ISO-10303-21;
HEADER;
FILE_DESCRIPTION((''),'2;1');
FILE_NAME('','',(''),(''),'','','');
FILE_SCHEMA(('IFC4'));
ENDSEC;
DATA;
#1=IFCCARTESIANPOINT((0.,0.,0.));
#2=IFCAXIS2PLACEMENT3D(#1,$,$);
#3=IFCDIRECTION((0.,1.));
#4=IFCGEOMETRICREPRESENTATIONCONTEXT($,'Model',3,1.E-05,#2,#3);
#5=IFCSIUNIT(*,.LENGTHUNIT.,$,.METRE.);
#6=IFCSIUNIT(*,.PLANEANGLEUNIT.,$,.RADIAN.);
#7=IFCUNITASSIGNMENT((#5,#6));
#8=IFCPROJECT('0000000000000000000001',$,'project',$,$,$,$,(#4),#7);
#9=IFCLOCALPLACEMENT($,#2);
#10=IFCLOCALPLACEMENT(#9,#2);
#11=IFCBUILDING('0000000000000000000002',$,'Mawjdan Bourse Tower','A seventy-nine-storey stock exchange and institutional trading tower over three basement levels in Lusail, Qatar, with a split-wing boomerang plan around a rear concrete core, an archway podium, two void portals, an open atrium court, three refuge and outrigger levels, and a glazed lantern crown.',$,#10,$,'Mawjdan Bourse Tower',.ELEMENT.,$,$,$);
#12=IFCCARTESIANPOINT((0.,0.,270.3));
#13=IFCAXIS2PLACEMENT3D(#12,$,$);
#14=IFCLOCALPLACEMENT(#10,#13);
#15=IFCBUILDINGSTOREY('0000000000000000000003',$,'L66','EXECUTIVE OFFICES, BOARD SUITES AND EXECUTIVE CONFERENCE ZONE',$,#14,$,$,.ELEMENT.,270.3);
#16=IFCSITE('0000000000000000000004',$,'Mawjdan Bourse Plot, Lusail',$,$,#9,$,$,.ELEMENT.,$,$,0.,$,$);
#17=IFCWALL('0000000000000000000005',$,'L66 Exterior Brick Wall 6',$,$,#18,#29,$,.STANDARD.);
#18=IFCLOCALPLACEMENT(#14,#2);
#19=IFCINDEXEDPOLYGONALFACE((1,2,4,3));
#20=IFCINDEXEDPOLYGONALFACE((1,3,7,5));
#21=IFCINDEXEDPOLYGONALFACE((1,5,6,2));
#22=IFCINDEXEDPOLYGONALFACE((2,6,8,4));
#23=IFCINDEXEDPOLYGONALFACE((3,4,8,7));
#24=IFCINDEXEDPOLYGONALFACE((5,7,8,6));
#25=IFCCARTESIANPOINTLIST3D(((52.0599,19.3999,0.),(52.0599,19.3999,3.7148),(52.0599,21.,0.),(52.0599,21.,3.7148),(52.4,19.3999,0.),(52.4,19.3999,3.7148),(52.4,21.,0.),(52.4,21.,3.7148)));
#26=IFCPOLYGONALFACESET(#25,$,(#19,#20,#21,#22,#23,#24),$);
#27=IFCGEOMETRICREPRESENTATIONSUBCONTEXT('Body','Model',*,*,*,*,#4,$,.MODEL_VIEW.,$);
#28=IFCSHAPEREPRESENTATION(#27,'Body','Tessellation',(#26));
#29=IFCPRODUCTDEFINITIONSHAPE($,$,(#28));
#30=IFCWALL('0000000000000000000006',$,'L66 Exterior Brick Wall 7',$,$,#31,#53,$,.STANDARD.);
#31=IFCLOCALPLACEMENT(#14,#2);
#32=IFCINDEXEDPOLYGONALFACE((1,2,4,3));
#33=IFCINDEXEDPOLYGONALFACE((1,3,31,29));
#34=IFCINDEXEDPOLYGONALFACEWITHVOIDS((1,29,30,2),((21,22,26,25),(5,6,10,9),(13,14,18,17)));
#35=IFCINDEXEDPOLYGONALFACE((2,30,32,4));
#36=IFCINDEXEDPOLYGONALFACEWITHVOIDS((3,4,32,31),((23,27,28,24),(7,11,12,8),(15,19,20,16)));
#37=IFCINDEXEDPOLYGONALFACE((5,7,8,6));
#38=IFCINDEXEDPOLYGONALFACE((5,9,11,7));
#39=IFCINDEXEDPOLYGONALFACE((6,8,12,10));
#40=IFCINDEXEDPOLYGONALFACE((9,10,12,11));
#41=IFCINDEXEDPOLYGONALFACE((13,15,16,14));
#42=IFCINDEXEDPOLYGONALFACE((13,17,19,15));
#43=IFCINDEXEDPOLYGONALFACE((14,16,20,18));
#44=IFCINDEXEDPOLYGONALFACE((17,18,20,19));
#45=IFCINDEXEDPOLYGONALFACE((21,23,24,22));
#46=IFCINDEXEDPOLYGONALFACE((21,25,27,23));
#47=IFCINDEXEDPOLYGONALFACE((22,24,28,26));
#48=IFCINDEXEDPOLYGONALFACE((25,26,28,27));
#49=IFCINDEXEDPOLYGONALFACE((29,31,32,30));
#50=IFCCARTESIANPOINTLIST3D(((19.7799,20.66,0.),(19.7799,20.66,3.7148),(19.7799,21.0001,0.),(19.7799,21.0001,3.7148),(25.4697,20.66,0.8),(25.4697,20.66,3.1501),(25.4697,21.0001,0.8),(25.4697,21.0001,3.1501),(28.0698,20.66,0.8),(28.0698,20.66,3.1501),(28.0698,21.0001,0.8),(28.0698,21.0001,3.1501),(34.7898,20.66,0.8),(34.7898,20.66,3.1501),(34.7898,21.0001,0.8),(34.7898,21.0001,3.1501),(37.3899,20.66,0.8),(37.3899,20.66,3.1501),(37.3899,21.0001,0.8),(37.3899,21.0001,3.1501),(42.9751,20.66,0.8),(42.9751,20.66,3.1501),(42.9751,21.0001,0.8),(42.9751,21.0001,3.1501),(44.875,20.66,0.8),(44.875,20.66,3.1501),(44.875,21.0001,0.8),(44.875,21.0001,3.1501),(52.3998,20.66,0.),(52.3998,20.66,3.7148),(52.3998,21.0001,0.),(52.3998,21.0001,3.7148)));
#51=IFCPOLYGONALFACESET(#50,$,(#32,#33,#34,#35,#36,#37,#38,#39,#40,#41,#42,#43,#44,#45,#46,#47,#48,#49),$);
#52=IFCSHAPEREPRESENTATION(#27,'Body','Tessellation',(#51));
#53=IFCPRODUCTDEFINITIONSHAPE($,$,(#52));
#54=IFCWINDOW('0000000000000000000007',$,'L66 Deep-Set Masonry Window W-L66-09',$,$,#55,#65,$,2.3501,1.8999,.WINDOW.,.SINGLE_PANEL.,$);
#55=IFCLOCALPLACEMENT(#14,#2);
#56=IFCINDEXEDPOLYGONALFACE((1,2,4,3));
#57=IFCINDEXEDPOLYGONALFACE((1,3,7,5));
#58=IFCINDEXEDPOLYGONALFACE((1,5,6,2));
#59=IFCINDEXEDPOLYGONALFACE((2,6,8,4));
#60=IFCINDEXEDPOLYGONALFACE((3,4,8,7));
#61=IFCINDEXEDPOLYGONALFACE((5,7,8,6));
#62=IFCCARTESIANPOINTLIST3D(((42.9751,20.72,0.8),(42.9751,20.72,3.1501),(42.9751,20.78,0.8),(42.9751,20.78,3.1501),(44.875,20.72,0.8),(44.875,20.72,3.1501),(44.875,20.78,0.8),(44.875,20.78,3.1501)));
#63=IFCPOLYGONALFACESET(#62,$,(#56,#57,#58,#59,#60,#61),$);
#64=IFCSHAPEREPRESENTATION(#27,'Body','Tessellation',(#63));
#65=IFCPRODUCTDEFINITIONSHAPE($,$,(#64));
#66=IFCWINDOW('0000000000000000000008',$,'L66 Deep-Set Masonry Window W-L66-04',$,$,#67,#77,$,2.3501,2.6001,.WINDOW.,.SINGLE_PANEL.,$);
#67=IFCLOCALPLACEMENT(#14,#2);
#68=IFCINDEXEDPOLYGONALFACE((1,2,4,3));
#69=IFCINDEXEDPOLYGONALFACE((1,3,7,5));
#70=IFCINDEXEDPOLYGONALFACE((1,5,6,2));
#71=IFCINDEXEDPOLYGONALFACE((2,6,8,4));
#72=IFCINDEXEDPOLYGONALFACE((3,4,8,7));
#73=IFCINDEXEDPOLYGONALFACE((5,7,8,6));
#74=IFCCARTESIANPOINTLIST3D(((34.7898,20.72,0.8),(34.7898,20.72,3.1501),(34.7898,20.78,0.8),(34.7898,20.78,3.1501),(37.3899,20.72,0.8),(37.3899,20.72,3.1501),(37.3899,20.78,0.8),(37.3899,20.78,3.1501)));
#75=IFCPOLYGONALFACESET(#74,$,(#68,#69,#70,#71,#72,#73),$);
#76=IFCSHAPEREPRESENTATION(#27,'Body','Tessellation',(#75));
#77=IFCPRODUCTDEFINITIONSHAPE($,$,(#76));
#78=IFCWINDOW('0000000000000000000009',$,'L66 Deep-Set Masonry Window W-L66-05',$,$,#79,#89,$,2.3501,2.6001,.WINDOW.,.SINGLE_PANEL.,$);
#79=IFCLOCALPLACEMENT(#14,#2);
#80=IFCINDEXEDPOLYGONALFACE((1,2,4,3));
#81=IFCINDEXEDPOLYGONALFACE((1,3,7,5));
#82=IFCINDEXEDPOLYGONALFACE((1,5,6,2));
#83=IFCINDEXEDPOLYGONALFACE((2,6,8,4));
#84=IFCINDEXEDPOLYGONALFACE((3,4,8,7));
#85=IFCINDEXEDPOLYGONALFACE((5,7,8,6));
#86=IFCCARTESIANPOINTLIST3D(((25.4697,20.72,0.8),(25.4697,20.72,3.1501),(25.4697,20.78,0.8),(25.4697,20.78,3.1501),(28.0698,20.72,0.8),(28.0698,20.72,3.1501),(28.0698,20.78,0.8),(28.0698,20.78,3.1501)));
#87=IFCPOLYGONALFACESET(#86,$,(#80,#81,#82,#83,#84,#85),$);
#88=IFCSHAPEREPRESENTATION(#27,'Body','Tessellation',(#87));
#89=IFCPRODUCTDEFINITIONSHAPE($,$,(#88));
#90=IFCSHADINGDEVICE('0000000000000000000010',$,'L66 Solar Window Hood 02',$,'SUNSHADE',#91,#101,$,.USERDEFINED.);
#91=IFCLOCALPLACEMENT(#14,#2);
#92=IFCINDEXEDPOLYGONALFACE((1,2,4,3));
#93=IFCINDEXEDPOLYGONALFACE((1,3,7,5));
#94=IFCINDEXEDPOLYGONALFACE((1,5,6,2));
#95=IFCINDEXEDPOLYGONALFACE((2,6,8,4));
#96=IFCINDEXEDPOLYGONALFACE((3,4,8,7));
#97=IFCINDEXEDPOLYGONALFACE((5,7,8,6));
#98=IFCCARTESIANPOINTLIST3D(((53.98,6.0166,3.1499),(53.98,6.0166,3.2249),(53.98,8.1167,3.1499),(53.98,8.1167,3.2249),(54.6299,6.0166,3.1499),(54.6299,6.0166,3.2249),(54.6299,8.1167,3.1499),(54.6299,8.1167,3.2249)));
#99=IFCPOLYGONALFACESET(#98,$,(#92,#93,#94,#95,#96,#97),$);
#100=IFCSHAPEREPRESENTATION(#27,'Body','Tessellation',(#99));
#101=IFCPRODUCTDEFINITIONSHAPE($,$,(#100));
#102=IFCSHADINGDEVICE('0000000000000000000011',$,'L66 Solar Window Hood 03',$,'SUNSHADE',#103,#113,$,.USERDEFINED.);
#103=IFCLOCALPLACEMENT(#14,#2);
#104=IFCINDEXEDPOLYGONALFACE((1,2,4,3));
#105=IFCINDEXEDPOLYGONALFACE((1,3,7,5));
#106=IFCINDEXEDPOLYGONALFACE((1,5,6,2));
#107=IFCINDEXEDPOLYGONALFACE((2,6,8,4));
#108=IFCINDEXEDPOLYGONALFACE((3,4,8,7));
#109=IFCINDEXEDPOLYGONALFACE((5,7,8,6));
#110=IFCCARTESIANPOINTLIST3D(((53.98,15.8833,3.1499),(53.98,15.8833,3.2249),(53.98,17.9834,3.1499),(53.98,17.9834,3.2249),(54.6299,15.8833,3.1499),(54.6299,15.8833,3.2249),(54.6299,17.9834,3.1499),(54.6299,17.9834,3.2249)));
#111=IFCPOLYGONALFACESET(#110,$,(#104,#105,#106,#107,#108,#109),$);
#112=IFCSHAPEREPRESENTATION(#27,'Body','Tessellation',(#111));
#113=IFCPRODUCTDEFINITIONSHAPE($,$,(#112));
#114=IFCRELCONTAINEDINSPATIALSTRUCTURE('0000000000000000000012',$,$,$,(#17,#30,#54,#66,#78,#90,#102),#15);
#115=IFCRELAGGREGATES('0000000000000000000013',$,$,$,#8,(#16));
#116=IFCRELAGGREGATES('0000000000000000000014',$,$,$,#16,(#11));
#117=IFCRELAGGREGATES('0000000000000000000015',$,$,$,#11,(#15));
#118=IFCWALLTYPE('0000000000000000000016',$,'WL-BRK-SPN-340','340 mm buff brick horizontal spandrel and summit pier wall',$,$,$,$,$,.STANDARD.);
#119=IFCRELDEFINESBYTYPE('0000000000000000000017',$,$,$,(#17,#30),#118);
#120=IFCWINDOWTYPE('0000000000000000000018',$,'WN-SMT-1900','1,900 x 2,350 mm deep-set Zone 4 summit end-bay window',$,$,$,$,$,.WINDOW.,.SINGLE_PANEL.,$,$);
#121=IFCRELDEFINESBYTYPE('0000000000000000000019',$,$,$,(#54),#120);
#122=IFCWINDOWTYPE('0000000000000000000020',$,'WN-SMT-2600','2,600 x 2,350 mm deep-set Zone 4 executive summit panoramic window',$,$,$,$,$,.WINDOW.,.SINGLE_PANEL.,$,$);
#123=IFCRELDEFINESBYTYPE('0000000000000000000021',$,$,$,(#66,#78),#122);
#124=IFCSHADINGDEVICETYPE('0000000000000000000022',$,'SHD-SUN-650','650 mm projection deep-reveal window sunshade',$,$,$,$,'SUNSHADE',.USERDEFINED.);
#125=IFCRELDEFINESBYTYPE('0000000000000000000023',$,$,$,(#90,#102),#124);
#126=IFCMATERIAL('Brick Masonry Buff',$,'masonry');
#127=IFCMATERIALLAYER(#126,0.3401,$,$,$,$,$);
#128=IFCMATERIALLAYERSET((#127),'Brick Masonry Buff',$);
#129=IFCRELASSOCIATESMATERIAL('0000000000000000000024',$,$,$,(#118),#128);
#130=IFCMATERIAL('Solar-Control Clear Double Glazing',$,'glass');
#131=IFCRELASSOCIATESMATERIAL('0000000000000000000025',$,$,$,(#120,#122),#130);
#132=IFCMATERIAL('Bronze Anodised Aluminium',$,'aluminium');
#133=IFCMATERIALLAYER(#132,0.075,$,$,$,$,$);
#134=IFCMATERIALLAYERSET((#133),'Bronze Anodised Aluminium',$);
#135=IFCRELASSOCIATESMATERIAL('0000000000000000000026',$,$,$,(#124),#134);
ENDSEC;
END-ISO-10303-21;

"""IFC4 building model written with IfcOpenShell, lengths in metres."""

from ifc_helpers import new_model, si_unit, direction, frame, frame_2d, origin, origin_2d, place, context, subcontext, project, spatial, rectangle, extrude, material, layer, layer_set, type_object, element, fill, save


model = new_model("IFC4")

# Units and contexts
model_context = context("Model", 3, precision=1e-05, world=origin(), true_north=direction((0.0, 1.0)))
body_context = subcontext(model_context, "Body", "Model", "MODEL_VIEW")
ifc_project = project(units=[si_unit("LENGTHUNIT", "METRE"), si_unit("PLANEANGLEUNIT", "RADIAN")], contexts=[model_context])

# Site, building, storey
site_placement = place(None, origin())
site = spatial("IfcSite", under=ifc_project, at=site_placement, Name="Mawjdan Bourse Plot, Lusail", CompositionType="ELEMENT", RefElevation=0.0)
building_placement = place(site_placement, origin())
building = spatial("IfcBuilding", under=site, at=building_placement, Name="Mawjdan Bourse Tower", Description="A seventy-nine-storey stock exchange and institutional trading tower over three basement levels in Lusail, Qatar, with a split-wing boomerang plan around a rear concrete core, an archway podium, two void portals, an open atrium court, three refuge and outrigger levels, and a glazed lantern crown.", LongName="Mawjdan Bourse Tower", CompositionType="ELEMENT")
storey_placement = place(building_placement, frame((0.0, 0.0, 270.3)))
storey = spatial("IfcBuildingStorey", under=building, at=storey_placement, Name="L66", Description="EXECUTIVE OFFICES, BOARD SUITES AND EXECUTIVE CONFERENCE ZONE", CompositionType="ELEMENT", Elevation=270.3)

# Shared definitions
ifc_material_1 = material(Name="Brick Masonry Buff", Category="masonry")
ifc_layer_1 = layer(ifc_material_1, 0.3401)
ifc_layer_set_1 = layer_set([ifc_layer_1], Name="Brick Masonry Buff")
wall_type = type_object("IfcWallType", Name="WL-BRK-SPN-340", Description="340 mm buff brick horizontal spandrel and summit pier wall", PredefinedType="STANDARD", material=ifc_layer_set_1)

# Shared definitions
ifc_material_2 = material(Name="Solar-Control Clear Double Glazing", Category="glass")
window_type_1 = type_object("IfcWindowType", Name="WN-SMT-1900", Description="1,900 x 2,350 mm deep-set Zone 4 summit end-bay window", PartitioningType="SINGLE_PANEL", PredefinedType="WINDOW", material=ifc_material_2)

# Wall
for number, where, z_axis, x_axis, name in (
    (1, (52.23, 19.3999, 0.0), (0.0, 0.0, 1.0), (0.0, 1.0, 0.0), "L66 Exterior Brick Wall 6"),
):
    element("IfcWall", number, at=place(storey_placement, frame(where, z_axis=z_axis, x_axis=x_axis)), inside=storey, type_object=wall_type, Name=name, PredefinedType="STANDARD", context=body_context, shape_type="SweptSolid", body=[
        extrude(rectangle(XDim=1.6001, YDim=0.3401, at=frame_2d((0.8, 0.0))), origin(), (0.0, 0.0, 1.0), 3.7148),
    ])

# Wall, openings, windows
wall_1_placement = place(storey_placement, frame((52.3999, 20.8301, 0.0), z_axis=(0.0, 0.0, 1.0), x_axis=(-1.0, 0.0, 0.0)))
wall_1 = element("IfcWall", 2, at=wall_1_placement, inside=storey, type_object=wall_type, Name="L66 Exterior Brick Wall 7", PredefinedType="STANDARD", context=body_context, shape_type="SweptSolid", body=[
    extrude(rectangle(XDim=32.6199, YDim=0.3401, at=frame_2d((16.3101, 0.0))), origin(), (0.0, 0.0, 1.0), 3.7148),
])
opening_1_placement = place(wall_1_placement, frame((15.01, 0.0, 0.8)))
opening_1 = element("IfcOpeningElement", 3, at=opening_1_placement, cuts=wall_1, PredefinedType="OPENING", context=body_context, shape_type="SweptSolid", body=[
    extrude(rectangle(XDim=2.6001, YDim=2.3501, at=frame_2d((1.3, 1.175))), frame((0.0, 0.1802, 0.0), z_axis=(0.0, -1.0, 0.0), x_axis=(1.0, 0.0, 0.0)), (0.0, 0.0, 1.0), 0.3601),
])
opening_2_placement = place(wall_1_placement, frame((24.3301, 0.0, 0.8)))
opening_2 = element("IfcOpeningElement", 4, at=opening_2_placement, cuts=wall_1, PredefinedType="OPENING", context=body_context, shape_type="SweptSolid", body=[
    extrude(rectangle(XDim=2.6001, YDim=2.3501, at=frame_2d((1.3, 1.175))), frame((0.0, 0.1802, 0.0), z_axis=(0.0, -1.0, 0.0), x_axis=(1.0, 0.0, 0.0)), (0.0, 0.0, 1.0), 0.3601),
])
opening_3_placement = place(wall_1_placement, frame((7.5249, 0.0, 0.8)))
opening_3 = element("IfcOpeningElement", 5, at=opening_3_placement, cuts=wall_1, PredefinedType="OPENING", context=body_context, shape_type="SweptSolid", body=[
    extrude(rectangle(XDim=1.8999, YDim=2.3501, at=frame_2d((0.95, 1.175))), frame((0.0, 0.1802, 0.0), z_axis=(0.0, -1.0, 0.0), x_axis=(1.0, 0.0, 0.0)), (0.0, 0.0, 1.0), 0.3601),
])
window_1_placement = place(opening_3_placement, origin())
window_1 = element("IfcWindow", 6, at=window_1_placement, inside=storey, type_object=window_type_1, Name="L66 Deep-Set Masonry Window W-L66-09", OverallHeight=2.3501, OverallWidth=1.8999, PartitioningType="SINGLE_PANEL", PredefinedType="WINDOW", context=body_context, shape_type="SweptSolid", body=[
    extrude(rectangle(XDim=1.8999, YDim=2.3501, at=frame_2d((0.95, 1.175))), frame((0.0, 0.1101, 0.0), z_axis=(0.0, -1.0, 0.0), x_axis=(1.0, 0.0, 0.0)), (0.0, 0.0, 1.0), 0.0601),
])
fill(opening_3, window_1)
window_type_2 = type_object("IfcWindowType", Name="WN-SMT-2600", Description="2,600 x 2,350 mm deep-set Zone 4 executive summit panoramic window", PartitioningType="SINGLE_PANEL", PredefinedType="WINDOW", material=ifc_material_2)
window_2_placement = place(opening_1_placement, origin())
window_2 = element("IfcWindow", 7, at=window_2_placement, inside=storey, type_object=window_type_2, Name="L66 Deep-Set Masonry Window W-L66-04", OverallHeight=2.3501, OverallWidth=2.6001, PartitioningType="SINGLE_PANEL", PredefinedType="WINDOW", context=body_context, shape_type="SweptSolid", body=[
    extrude(rectangle(XDim=2.6001, YDim=2.3501, at=frame_2d((1.3, 1.175))), frame((0.0, 0.1101, 0.0), z_axis=(0.0, -1.0, 0.0), x_axis=(1.0, 0.0, 0.0)), (0.0, 0.0, 1.0), 0.0601),
])
fill(opening_1, window_2)
window_3_placement = place(opening_2_placement, origin())
window_3 = element("IfcWindow", 8, at=window_3_placement, inside=storey, type_object=window_type_2, Name="L66 Deep-Set Masonry Window W-L66-05", OverallHeight=2.3501, OverallWidth=2.6001, PartitioningType="SINGLE_PANEL", PredefinedType="WINDOW", context=body_context, shape_type="SweptSolid", body=[
    extrude(rectangle(XDim=2.6001, YDim=2.3501, at=frame_2d((1.3, 1.175))), frame((0.0, 0.1101, 0.0), z_axis=(0.0, -1.0, 0.0), x_axis=(1.0, 0.0, 0.0)), (0.0, 0.0, 1.0), 0.0601),
])
fill(opening_2, window_3)

# Shading devices
ifc_material_3 = material(Name="Bronze Anodised Aluminium", Category="aluminium")
ifc_layer_2 = layer(ifc_material_3, 0.075)
ifc_layer_set_2 = layer_set([ifc_layer_2], Name="Bronze Anodised Aluminium")
shading_device_type = type_object("IfcShadingDeviceType", Name="SHD-SUN-650", Description="650 mm projection deep-reveal window sunshade", ElementType="SUNSHADE", PredefinedType="USERDEFINED", material=ifc_layer_set_2)
for number, where, z_axis, x_axis, name in (
    (9, (54.3049, 7.0667, 3.1499), (0.0, 0.0, 1.0), (0.0, 1.0, 0.0), "L66 Solar Window Hood 02"),
    (10, (54.3049, 16.9333, 3.1499), (0.0, 0.0, 1.0), (0.0, 1.0, 0.0), "L66 Solar Window Hood 03"),
):
    element("IfcShadingDevice", number, at=place(storey_placement, frame(where, z_axis=z_axis, x_axis=x_axis)), inside=storey, type_object=shading_device_type, Name=name, ObjectType="SUNSHADE", PredefinedType="USERDEFINED", context=body_context, shape_type="SweptSolid", body=[
        extrude(rectangle(XDim=2.1001, YDim=0.6499, at=origin_2d()), origin(), (0.0, 0.0, 1.0), 0.075),
    ])

save(model, "model.ifc")
